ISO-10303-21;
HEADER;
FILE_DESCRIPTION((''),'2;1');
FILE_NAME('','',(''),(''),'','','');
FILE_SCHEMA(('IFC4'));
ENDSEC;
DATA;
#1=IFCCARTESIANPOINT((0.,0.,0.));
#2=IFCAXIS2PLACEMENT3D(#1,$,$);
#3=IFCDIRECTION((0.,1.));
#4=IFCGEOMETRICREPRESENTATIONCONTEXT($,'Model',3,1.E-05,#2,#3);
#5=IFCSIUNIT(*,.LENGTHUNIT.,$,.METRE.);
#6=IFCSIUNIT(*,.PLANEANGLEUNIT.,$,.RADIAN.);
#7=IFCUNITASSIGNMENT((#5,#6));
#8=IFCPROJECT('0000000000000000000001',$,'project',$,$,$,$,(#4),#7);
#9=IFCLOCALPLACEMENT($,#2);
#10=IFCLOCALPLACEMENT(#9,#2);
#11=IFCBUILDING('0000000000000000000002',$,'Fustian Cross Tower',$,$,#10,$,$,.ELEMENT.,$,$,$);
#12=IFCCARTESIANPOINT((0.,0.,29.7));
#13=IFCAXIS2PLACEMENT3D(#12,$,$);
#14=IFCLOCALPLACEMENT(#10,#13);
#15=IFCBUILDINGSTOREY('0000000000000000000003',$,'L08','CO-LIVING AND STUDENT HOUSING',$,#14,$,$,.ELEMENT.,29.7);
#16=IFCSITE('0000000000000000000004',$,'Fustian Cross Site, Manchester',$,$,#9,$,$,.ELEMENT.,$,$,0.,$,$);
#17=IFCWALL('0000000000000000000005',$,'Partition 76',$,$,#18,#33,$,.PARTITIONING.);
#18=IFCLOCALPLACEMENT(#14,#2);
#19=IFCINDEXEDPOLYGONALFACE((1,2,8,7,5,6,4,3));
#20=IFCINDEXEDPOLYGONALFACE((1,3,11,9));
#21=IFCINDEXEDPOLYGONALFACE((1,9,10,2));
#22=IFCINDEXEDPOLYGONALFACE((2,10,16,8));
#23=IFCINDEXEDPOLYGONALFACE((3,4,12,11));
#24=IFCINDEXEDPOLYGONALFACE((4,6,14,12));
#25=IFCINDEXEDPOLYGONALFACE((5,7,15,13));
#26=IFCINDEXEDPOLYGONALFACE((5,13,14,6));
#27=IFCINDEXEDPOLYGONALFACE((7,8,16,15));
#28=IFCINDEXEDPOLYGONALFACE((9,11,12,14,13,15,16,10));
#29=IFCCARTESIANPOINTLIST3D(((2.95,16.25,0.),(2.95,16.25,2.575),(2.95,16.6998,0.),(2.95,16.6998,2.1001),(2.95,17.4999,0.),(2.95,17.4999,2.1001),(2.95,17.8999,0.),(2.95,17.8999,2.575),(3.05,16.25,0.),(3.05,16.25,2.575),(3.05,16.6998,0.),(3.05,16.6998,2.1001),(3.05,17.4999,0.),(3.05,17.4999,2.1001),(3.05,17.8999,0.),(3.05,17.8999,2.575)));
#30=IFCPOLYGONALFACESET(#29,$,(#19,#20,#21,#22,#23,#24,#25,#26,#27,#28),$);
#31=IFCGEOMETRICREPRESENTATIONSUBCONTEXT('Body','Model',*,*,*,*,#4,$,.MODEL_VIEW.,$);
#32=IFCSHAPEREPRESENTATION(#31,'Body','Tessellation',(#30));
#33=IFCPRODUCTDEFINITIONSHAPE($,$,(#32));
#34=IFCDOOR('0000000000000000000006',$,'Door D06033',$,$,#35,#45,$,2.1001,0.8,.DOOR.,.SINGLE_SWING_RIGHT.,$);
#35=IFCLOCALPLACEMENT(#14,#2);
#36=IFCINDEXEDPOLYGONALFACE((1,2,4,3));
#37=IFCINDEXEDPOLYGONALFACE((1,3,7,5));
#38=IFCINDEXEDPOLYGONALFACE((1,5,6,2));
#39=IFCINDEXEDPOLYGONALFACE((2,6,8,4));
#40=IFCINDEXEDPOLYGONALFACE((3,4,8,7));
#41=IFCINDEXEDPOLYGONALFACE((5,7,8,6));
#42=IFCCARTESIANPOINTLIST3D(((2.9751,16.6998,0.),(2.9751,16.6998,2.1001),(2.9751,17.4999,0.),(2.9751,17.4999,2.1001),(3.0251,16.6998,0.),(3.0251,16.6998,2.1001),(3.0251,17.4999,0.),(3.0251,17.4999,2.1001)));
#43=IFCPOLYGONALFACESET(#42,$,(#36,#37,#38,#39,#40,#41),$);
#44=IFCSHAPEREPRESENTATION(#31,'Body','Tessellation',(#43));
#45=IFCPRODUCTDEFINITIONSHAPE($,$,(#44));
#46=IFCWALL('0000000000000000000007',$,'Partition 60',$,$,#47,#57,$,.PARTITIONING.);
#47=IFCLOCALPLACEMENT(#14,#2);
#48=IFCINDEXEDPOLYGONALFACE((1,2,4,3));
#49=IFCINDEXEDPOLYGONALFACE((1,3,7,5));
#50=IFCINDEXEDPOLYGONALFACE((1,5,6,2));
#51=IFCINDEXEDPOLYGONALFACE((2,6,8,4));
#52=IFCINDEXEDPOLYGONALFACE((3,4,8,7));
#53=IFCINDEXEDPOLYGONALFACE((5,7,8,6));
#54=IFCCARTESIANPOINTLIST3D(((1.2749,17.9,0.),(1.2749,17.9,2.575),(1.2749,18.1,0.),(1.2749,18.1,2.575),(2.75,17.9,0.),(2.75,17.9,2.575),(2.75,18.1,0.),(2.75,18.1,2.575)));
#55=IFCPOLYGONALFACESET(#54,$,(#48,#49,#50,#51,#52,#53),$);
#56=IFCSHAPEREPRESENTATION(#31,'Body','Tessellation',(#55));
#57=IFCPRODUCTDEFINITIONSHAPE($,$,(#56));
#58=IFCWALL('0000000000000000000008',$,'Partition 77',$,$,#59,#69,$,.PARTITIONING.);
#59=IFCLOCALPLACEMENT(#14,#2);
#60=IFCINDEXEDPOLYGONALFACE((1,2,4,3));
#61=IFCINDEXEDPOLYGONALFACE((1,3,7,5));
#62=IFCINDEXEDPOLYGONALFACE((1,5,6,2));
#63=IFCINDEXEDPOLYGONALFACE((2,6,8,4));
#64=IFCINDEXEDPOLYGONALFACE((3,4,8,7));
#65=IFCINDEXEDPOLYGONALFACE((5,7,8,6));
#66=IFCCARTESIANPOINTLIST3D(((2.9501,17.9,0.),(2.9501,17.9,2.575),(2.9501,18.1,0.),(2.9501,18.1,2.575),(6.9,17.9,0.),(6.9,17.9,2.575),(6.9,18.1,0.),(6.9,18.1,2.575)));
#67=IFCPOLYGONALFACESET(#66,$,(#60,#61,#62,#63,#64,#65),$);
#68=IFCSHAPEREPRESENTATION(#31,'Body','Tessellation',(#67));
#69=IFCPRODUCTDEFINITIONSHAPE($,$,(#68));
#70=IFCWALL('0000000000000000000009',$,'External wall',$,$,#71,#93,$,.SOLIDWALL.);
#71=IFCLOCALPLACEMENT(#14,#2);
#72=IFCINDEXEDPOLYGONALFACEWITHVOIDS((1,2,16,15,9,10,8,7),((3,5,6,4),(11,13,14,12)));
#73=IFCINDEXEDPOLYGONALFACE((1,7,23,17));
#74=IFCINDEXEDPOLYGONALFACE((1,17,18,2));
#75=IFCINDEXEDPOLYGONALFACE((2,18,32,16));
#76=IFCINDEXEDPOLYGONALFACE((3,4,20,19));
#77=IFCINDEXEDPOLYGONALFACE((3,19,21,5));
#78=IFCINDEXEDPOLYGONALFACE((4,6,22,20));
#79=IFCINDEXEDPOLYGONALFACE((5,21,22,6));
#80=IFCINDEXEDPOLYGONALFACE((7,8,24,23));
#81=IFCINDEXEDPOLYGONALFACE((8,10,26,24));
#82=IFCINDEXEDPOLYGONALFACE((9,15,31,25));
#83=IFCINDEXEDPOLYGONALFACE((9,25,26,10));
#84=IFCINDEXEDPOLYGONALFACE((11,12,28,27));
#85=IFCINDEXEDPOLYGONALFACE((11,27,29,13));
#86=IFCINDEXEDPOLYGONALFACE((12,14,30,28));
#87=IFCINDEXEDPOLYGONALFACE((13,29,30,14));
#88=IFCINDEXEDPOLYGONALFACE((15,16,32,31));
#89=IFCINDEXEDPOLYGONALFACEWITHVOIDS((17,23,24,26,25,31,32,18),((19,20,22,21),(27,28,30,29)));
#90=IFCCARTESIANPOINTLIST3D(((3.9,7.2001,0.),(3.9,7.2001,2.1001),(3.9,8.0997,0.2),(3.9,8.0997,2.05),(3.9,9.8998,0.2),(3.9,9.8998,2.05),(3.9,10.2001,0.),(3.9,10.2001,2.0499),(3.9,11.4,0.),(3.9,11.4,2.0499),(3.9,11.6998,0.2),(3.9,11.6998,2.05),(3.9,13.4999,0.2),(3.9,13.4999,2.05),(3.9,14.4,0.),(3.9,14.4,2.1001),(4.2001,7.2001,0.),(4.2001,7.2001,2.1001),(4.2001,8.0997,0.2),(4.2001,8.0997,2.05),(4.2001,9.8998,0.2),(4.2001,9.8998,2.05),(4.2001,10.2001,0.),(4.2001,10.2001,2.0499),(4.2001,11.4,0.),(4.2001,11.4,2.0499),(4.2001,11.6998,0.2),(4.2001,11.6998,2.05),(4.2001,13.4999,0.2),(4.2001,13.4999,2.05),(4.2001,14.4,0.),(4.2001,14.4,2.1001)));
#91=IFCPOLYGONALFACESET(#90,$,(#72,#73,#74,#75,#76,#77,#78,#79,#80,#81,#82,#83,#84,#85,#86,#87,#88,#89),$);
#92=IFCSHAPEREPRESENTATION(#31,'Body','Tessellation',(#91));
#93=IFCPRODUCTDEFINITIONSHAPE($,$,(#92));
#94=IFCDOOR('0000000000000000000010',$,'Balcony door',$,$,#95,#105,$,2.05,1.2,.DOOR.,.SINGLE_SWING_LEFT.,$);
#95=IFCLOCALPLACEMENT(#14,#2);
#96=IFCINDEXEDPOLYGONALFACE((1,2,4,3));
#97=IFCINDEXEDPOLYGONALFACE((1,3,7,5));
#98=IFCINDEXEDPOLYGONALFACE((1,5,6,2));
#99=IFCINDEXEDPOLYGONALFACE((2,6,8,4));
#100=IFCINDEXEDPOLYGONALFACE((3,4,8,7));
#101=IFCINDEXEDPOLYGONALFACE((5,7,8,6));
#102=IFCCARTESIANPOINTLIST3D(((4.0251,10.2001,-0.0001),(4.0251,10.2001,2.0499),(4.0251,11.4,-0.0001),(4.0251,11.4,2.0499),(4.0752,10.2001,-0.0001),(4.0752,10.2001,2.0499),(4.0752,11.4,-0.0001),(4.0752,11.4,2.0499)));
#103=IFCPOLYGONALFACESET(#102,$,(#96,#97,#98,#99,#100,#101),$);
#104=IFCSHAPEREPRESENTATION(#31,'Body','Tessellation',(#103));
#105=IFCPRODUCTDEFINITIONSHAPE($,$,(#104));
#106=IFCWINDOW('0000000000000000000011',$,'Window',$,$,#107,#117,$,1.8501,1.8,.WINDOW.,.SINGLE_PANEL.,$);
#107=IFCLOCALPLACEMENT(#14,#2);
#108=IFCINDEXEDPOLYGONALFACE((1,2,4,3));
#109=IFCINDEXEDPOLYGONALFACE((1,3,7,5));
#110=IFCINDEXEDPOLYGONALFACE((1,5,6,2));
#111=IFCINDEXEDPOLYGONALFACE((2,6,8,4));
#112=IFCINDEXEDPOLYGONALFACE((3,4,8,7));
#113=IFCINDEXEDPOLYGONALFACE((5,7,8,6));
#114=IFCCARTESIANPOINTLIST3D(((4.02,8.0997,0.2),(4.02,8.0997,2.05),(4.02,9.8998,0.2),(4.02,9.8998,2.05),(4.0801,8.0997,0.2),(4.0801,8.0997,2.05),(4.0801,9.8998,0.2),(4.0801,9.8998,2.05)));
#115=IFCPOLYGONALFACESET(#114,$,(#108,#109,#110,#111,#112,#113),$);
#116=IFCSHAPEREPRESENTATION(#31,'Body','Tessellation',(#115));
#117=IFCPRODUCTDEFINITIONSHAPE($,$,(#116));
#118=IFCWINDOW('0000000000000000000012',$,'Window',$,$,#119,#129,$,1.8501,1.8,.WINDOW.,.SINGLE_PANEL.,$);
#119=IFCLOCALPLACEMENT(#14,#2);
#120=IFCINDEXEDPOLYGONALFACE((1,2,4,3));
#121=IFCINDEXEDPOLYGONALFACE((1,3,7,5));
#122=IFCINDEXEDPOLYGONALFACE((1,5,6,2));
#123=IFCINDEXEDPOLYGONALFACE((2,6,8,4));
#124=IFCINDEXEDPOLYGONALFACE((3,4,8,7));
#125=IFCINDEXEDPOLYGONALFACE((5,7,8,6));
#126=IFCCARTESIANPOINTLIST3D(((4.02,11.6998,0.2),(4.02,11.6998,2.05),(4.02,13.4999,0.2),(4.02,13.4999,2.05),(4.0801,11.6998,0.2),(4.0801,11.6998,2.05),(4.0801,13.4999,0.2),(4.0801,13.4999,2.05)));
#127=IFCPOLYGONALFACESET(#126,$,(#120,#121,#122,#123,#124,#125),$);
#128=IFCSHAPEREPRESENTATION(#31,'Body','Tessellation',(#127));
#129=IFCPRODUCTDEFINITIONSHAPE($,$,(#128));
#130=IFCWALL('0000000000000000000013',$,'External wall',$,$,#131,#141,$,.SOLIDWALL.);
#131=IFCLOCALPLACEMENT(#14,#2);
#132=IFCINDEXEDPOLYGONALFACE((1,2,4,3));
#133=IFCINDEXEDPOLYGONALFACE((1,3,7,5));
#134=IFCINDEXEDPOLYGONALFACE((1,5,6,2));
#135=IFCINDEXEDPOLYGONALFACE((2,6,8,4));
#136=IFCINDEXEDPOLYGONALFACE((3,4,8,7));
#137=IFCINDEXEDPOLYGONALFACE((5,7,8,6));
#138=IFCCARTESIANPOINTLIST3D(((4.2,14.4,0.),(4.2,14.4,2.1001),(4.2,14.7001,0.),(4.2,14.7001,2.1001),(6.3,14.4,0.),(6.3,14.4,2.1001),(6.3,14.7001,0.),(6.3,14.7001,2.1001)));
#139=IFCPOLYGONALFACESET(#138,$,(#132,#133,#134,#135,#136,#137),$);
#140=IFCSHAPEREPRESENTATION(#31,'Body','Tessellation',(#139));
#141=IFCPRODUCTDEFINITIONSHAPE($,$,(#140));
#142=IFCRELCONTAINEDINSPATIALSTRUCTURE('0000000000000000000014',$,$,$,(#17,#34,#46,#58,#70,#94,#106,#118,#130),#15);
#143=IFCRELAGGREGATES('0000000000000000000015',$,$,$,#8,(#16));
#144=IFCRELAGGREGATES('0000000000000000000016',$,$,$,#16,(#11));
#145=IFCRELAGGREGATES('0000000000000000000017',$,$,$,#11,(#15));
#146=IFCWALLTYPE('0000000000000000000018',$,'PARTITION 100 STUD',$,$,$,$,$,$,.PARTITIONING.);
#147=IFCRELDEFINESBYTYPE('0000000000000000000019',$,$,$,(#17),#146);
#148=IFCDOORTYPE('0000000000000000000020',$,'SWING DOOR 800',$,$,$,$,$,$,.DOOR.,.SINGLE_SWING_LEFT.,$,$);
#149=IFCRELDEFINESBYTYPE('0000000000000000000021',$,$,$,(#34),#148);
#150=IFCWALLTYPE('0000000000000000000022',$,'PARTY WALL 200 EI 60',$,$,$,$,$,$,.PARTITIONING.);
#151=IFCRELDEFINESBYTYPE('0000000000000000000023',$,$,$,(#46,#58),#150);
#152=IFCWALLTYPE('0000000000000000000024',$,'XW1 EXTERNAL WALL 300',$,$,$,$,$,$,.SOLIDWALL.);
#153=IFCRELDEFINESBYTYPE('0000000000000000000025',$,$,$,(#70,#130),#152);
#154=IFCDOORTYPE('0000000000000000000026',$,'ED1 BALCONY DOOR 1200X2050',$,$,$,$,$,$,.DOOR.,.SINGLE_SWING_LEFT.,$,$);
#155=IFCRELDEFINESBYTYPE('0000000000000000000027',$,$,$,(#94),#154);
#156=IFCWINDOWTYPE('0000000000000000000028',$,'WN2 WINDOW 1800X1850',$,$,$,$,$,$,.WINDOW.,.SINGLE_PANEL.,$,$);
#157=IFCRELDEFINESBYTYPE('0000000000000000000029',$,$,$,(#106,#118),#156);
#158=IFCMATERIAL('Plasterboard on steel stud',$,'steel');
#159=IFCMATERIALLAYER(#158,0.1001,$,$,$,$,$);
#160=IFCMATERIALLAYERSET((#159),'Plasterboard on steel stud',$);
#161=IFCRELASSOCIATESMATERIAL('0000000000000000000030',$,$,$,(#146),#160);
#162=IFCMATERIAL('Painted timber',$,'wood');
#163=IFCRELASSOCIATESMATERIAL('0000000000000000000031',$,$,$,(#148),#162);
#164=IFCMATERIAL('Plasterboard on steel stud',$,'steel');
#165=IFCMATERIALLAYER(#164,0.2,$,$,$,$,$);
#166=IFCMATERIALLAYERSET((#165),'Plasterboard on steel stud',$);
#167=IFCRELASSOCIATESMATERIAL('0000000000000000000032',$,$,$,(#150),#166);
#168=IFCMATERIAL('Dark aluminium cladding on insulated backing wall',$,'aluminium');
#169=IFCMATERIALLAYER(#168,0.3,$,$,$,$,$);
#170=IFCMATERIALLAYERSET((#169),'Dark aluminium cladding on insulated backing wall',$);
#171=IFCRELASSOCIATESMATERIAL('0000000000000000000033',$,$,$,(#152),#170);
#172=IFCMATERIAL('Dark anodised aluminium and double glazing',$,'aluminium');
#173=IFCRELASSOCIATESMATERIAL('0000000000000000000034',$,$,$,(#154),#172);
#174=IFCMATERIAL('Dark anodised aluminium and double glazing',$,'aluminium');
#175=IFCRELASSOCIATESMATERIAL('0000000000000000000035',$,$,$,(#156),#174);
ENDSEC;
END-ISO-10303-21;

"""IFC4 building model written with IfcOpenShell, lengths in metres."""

from ifc_helpers import new_model, si_unit, direction, frame, frame_2d, origin, place, context, subcontext, project, spatial, rectangle, extrude, material, layer, layer_set, type_object, element, fill, save


model = new_model("IFC4")

# Units and contexts
model_context = context("Model", 3, precision=1e-05, world=origin(), true_north=direction((0.0, 1.0)))
body_context = subcontext(model_context, "Body", "Model", "MODEL_VIEW")
ifc_project = project(units=[si_unit("LENGTHUNIT", "METRE"), si_unit("PLANEANGLEUNIT", "RADIAN")], contexts=[model_context])

# Site, building, storey
site_placement = place(None, origin())
site = spatial("IfcSite", under=ifc_project, at=site_placement, Name="Fustian Cross Site, Manchester", CompositionType="ELEMENT", RefElevation=0.0)
building_placement = place(site_placement, origin())
building = spatial("IfcBuilding", under=site, at=building_placement, Name="Fustian Cross Tower", CompositionType="ELEMENT")
storey_placement = place(building_placement, frame((0.0, 0.0, 29.7)))
storey = spatial("IfcBuildingStorey", under=building, at=storey_placement, Name="L08", Description="CO-LIVING AND STUDENT HOUSING", CompositionType="ELEMENT", Elevation=29.7)

# Shared definitions
ifc_material_1 = material(Name="Plasterboard on steel stud", Category="steel")
ifc_layer_1 = layer(ifc_material_1, 0.1001)
ifc_layer_set_1 = layer_set([ifc_layer_1], Name="Plasterboard on steel stud")
wall_type_1 = type_object("IfcWallType", Name="PARTITION 100 STUD", PredefinedType="PARTITIONING", material=ifc_layer_set_1)

# Wall, opening, door
ifc_material_2 = material(Name="Painted timber", Category="wood")
door_type_1 = type_object("IfcDoorType", Name="SWING DOOR 800", OperationType="SINGLE_SWING_LEFT", PredefinedType="DOOR", material=ifc_material_2)
wall_1_placement = place(storey_placement, frame((3.0, 16.25, 0.0), z_axis=(0.0, 0.0, 1.0), x_axis=(0.0, 1.0, 0.0)))
wall_1 = element("IfcWall", 1, at=wall_1_placement, inside=storey, type_object=wall_type_1, Name="Partition 76", PredefinedType="PARTITIONING", context=body_context, shape_type="SweptSolid", body=[
    extrude(rectangle(XDim=1.6499, YDim=0.1001, at=frame_2d((0.825, 0.0))), origin(), (0.0, 0.0, 1.0), 2.575),
])
opening_1_placement = place(wall_1_placement, frame((0.45, 0.0, 0.0)))
opening_1 = element("IfcOpeningElement", 2, at=opening_1_placement, cuts=wall_1, PredefinedType="OPENING", context=body_context, shape_type="SweptSolid", body=[
    extrude(rectangle(XDim=0.8, YDim=2.1001, at=frame_2d((0.3999, 1.05))), frame((0.0, 0.0601, 0.0), z_axis=(0.0, -1.0, 0.0), x_axis=(1.0, 0.0, 0.0)), (0.0, 0.0, 1.0), 0.1201),
])
door_1_placement = place(opening_1_placement, origin())
door_1 = element("IfcDoor", 3, at=door_1_placement, inside=storey, type_object=door_type_1, Name="Door D06033", OperationType="SINGLE_SWING_RIGHT", OverallHeight=2.1001, OverallWidth=0.8, PredefinedType="DOOR", context=body_context, shape_type="SweptSolid", body=[
    extrude(rectangle(XDim=0.8, YDim=2.1001, at=frame_2d((0.3999, 1.05))), frame((0.0, 0.0249, 0.0), z_axis=(0.0, -1.0, 0.0), x_axis=(1.0, 0.0, 0.0)), (0.0, 0.0, 1.0), 0.05),
])
fill(opening_1, door_1)

# Walls
ifc_material_3 = material(Name="Plasterboard on steel stud", Category="steel")
ifc_layer_2 = layer(ifc_material_3, 0.2)
ifc_layer_set_2 = layer_set([ifc_layer_2], Name="Plasterboard on steel stud")
wall_type_2 = type_object("IfcWallType", Name="PARTY WALL 200 EI 60", PredefinedType="PARTITIONING", material=ifc_layer_set_2)
wall_2_placement = place(storey_placement, frame((1.2749, 18.0, 0.0), z_axis=(0.0, 0.0, 1.0), x_axis=(1.0, 0.0, 0.0)))
element("IfcWall", 4, at=wall_2_placement, inside=storey, type_object=wall_type_2, Name="Partition 60", PredefinedType="PARTITIONING", context=body_context, shape_type="SweptSolid", body=[
    extrude(rectangle(XDim=1.4751, YDim=0.2, at=frame_2d((0.7375, 0.0))), origin(), (0.0, 0.0, 1.0), 2.575),
])
wall_3_placement = place(storey_placement, frame((2.95, 18.0, 0.0), z_axis=(0.0, 0.0, 1.0), x_axis=(1.0, 0.0, 0.0)))
element("IfcWall", 5, at=wall_3_placement, inside=storey, type_object=wall_type_2, Name="Partition 77", PredefinedType="PARTITIONING", context=body_context, shape_type="SweptSolid", body=[
    extrude(rectangle(XDim=3.95, YDim=0.2, at=frame_2d((1.9751, 0.0))), origin(), (0.0, 0.0, 1.0), 2.575),
])

# Wall, openings, door, windows
ifc_material_4 = material(Name="Dark aluminium cladding on insulated backing wall", Category="aluminium")
ifc_layer_3 = layer(ifc_material_4, 0.3)
ifc_layer_set_3 = layer_set([ifc_layer_3], Name="Dark aluminium cladding on insulated backing wall")
wall_type_3 = type_object("IfcWallType", Name="XW1 EXTERNAL WALL 300", PredefinedType="SOLIDWALL", material=ifc_layer_set_3)
wall_4_placement = place(storey_placement, frame((4.05, 7.2, 0.0), z_axis=(0.0, 0.0, 1.0), x_axis=(0.0, 1.0, 0.0)))
wall_4 = element("IfcWall", 6, at=wall_4_placement, inside=storey, type_object=wall_type_3, Name="External wall", PredefinedType="SOLIDWALL", context=body_context, shape_type="SweptSolid", body=[
    extrude(rectangle(XDim=7.2, YDim=0.3, at=frame_2d((3.6001, 0.0))), origin(), (0.0, 0.0, 1.0), 2.1001),
])
opening_2_placement = place(wall_4_placement, frame((3.0, 0.0, 0.0)))
opening_2 = element("IfcOpeningElement", 7, at=opening_2_placement, cuts=wall_4, PredefinedType="OPENING", context=body_context, shape_type="SweptSolid", body=[
    extrude(rectangle(XDim=1.2, YDim=2.05, at=frame_2d((0.6001, 1.0249))), frame((0.0, 0.1599, 0.0), z_axis=(0.0, -1.0, 0.0), x_axis=(1.0, 0.0, 0.0)), (0.0, 0.0, 1.0), 0.3201),
])
opening_3_placement = place(wall_4_placement, frame((0.8999, 0.0, 0.2)))
opening_3 = element("IfcOpeningElement", 8, at=opening_3_placement, cuts=wall_4, PredefinedType="OPENING", context=body_context, shape_type="SweptSolid", body=[
    extrude(rectangle(XDim=1.8, YDim=1.8501, at=frame_2d((0.8999, 0.925))), frame((0.0, 0.1599, 0.0), z_axis=(0.0, -1.0, 0.0), x_axis=(1.0, 0.0, 0.0)), (0.0, 0.0, 1.0), 0.3201),
])
opening_4_placement = place(wall_4_placement, frame((4.5, 0.0, 0.2)))
opening_4 = element("IfcOpeningElement", 9, at=opening_4_placement, cuts=wall_4, PredefinedType="OPENING", context=body_context, shape_type="SweptSolid", body=[
    extrude(rectangle(XDim=1.8, YDim=1.8501, at=frame_2d((0.8999, 0.925))), frame((0.0, 0.1599, 0.0), z_axis=(0.0, -1.0, 0.0), x_axis=(1.0, 0.0, 0.0)), (0.0, 0.0, 1.0), 0.3201),
])
ifc_material_5 = material(Name="Dark anodised aluminium and double glazing", Category="aluminium")
door_type_2 = type_object("IfcDoorType", Name="ED1 BALCONY DOOR 1200X2050", OperationType="SINGLE_SWING_LEFT", PredefinedType="DOOR", material=ifc_material_5)
door_2_placement = place(opening_2_placement, origin())
door_2 = element("IfcDoor", 10, at=door_2_placement, inside=storey, type_object=door_type_2, Name="Balcony door", OperationType="SINGLE_SWING_LEFT", OverallHeight=2.05, OverallWidth=1.2, PredefinedType="DOOR", context=body_context, shape_type="SweptSolid", body=[
    extrude(rectangle(XDim=1.2, YDim=2.05, at=frame_2d((0.6001, 1.0249))), frame((0.0, 0.0249, 0.0), z_axis=(0.0, -1.0, 0.0), x_axis=(1.0, 0.0, 0.0)), (0.0, 0.0, 1.0), 0.05),
])
fill(opening_2, door_2)
ifc_material_6 = material(Name="Dark anodised aluminium and double glazing", Category="aluminium")
window_type = type_object("IfcWindowType", Name="WN2 WINDOW 1800X1850", PartitioningType="SINGLE_PANEL", PredefinedType="WINDOW", material=ifc_material_6)
window_1_placement = place(opening_3_placement, origin())
window_1 = element("IfcWindow", 11, at=window_1_placement, inside=storey, type_object=window_type, Name="Window", OverallHeight=1.8501, OverallWidth=1.8, PartitioningType="SINGLE_PANEL", PredefinedType="WINDOW", context=body_context, shape_type="SweptSolid", body=[
    extrude(rectangle(XDim=1.8, YDim=1.8501, at=frame_2d((0.8999, 0.925))), frame((0.0, 0.03, 0.0), z_axis=(0.0, -1.0, 0.0), x_axis=(1.0, 0.0, 0.0)), (0.0, 0.0, 1.0), 0.0601),
])
fill(opening_3, window_1)
window_2_placement = place(opening_4_placement, origin())
window_2 = element("IfcWindow", 12, at=window_2_placement, inside=storey, type_object=window_type, Name="Window", OverallHeight=1.8501, OverallWidth=1.8, PartitioningType="SINGLE_PANEL", PredefinedType="WINDOW", context=body_context, shape_type="SweptSolid", body=[
    extrude(rectangle(XDim=1.8, YDim=1.8501, at=frame_2d((0.8999, 0.925))), frame((0.0, 0.03, 0.0), z_axis=(0.0, -1.0, 0.0), x_axis=(1.0, 0.0, 0.0)), (0.0, 0.0, 1.0), 0.0601),
])
fill(opening_4, window_2)

# Wall
wall_5_placement = place(storey_placement, frame((4.2, 14.55, 0.0), z_axis=(0.0, 0.0, 1.0), x_axis=(1.0, 0.0, 0.0)))
element("IfcWall", 13, at=wall_5_placement, inside=storey, type_object=wall_type_3, Name="External wall", PredefinedType="SOLIDWALL", context=body_context, shape_type="SweptSolid", body=[
    extrude(rectangle(XDim=2.1001, YDim=0.3, at=frame_2d((1.05, 0.0))), origin(), (0.0, 0.0, 1.0), 2.1001),
])

save(model, "model.ifc")
